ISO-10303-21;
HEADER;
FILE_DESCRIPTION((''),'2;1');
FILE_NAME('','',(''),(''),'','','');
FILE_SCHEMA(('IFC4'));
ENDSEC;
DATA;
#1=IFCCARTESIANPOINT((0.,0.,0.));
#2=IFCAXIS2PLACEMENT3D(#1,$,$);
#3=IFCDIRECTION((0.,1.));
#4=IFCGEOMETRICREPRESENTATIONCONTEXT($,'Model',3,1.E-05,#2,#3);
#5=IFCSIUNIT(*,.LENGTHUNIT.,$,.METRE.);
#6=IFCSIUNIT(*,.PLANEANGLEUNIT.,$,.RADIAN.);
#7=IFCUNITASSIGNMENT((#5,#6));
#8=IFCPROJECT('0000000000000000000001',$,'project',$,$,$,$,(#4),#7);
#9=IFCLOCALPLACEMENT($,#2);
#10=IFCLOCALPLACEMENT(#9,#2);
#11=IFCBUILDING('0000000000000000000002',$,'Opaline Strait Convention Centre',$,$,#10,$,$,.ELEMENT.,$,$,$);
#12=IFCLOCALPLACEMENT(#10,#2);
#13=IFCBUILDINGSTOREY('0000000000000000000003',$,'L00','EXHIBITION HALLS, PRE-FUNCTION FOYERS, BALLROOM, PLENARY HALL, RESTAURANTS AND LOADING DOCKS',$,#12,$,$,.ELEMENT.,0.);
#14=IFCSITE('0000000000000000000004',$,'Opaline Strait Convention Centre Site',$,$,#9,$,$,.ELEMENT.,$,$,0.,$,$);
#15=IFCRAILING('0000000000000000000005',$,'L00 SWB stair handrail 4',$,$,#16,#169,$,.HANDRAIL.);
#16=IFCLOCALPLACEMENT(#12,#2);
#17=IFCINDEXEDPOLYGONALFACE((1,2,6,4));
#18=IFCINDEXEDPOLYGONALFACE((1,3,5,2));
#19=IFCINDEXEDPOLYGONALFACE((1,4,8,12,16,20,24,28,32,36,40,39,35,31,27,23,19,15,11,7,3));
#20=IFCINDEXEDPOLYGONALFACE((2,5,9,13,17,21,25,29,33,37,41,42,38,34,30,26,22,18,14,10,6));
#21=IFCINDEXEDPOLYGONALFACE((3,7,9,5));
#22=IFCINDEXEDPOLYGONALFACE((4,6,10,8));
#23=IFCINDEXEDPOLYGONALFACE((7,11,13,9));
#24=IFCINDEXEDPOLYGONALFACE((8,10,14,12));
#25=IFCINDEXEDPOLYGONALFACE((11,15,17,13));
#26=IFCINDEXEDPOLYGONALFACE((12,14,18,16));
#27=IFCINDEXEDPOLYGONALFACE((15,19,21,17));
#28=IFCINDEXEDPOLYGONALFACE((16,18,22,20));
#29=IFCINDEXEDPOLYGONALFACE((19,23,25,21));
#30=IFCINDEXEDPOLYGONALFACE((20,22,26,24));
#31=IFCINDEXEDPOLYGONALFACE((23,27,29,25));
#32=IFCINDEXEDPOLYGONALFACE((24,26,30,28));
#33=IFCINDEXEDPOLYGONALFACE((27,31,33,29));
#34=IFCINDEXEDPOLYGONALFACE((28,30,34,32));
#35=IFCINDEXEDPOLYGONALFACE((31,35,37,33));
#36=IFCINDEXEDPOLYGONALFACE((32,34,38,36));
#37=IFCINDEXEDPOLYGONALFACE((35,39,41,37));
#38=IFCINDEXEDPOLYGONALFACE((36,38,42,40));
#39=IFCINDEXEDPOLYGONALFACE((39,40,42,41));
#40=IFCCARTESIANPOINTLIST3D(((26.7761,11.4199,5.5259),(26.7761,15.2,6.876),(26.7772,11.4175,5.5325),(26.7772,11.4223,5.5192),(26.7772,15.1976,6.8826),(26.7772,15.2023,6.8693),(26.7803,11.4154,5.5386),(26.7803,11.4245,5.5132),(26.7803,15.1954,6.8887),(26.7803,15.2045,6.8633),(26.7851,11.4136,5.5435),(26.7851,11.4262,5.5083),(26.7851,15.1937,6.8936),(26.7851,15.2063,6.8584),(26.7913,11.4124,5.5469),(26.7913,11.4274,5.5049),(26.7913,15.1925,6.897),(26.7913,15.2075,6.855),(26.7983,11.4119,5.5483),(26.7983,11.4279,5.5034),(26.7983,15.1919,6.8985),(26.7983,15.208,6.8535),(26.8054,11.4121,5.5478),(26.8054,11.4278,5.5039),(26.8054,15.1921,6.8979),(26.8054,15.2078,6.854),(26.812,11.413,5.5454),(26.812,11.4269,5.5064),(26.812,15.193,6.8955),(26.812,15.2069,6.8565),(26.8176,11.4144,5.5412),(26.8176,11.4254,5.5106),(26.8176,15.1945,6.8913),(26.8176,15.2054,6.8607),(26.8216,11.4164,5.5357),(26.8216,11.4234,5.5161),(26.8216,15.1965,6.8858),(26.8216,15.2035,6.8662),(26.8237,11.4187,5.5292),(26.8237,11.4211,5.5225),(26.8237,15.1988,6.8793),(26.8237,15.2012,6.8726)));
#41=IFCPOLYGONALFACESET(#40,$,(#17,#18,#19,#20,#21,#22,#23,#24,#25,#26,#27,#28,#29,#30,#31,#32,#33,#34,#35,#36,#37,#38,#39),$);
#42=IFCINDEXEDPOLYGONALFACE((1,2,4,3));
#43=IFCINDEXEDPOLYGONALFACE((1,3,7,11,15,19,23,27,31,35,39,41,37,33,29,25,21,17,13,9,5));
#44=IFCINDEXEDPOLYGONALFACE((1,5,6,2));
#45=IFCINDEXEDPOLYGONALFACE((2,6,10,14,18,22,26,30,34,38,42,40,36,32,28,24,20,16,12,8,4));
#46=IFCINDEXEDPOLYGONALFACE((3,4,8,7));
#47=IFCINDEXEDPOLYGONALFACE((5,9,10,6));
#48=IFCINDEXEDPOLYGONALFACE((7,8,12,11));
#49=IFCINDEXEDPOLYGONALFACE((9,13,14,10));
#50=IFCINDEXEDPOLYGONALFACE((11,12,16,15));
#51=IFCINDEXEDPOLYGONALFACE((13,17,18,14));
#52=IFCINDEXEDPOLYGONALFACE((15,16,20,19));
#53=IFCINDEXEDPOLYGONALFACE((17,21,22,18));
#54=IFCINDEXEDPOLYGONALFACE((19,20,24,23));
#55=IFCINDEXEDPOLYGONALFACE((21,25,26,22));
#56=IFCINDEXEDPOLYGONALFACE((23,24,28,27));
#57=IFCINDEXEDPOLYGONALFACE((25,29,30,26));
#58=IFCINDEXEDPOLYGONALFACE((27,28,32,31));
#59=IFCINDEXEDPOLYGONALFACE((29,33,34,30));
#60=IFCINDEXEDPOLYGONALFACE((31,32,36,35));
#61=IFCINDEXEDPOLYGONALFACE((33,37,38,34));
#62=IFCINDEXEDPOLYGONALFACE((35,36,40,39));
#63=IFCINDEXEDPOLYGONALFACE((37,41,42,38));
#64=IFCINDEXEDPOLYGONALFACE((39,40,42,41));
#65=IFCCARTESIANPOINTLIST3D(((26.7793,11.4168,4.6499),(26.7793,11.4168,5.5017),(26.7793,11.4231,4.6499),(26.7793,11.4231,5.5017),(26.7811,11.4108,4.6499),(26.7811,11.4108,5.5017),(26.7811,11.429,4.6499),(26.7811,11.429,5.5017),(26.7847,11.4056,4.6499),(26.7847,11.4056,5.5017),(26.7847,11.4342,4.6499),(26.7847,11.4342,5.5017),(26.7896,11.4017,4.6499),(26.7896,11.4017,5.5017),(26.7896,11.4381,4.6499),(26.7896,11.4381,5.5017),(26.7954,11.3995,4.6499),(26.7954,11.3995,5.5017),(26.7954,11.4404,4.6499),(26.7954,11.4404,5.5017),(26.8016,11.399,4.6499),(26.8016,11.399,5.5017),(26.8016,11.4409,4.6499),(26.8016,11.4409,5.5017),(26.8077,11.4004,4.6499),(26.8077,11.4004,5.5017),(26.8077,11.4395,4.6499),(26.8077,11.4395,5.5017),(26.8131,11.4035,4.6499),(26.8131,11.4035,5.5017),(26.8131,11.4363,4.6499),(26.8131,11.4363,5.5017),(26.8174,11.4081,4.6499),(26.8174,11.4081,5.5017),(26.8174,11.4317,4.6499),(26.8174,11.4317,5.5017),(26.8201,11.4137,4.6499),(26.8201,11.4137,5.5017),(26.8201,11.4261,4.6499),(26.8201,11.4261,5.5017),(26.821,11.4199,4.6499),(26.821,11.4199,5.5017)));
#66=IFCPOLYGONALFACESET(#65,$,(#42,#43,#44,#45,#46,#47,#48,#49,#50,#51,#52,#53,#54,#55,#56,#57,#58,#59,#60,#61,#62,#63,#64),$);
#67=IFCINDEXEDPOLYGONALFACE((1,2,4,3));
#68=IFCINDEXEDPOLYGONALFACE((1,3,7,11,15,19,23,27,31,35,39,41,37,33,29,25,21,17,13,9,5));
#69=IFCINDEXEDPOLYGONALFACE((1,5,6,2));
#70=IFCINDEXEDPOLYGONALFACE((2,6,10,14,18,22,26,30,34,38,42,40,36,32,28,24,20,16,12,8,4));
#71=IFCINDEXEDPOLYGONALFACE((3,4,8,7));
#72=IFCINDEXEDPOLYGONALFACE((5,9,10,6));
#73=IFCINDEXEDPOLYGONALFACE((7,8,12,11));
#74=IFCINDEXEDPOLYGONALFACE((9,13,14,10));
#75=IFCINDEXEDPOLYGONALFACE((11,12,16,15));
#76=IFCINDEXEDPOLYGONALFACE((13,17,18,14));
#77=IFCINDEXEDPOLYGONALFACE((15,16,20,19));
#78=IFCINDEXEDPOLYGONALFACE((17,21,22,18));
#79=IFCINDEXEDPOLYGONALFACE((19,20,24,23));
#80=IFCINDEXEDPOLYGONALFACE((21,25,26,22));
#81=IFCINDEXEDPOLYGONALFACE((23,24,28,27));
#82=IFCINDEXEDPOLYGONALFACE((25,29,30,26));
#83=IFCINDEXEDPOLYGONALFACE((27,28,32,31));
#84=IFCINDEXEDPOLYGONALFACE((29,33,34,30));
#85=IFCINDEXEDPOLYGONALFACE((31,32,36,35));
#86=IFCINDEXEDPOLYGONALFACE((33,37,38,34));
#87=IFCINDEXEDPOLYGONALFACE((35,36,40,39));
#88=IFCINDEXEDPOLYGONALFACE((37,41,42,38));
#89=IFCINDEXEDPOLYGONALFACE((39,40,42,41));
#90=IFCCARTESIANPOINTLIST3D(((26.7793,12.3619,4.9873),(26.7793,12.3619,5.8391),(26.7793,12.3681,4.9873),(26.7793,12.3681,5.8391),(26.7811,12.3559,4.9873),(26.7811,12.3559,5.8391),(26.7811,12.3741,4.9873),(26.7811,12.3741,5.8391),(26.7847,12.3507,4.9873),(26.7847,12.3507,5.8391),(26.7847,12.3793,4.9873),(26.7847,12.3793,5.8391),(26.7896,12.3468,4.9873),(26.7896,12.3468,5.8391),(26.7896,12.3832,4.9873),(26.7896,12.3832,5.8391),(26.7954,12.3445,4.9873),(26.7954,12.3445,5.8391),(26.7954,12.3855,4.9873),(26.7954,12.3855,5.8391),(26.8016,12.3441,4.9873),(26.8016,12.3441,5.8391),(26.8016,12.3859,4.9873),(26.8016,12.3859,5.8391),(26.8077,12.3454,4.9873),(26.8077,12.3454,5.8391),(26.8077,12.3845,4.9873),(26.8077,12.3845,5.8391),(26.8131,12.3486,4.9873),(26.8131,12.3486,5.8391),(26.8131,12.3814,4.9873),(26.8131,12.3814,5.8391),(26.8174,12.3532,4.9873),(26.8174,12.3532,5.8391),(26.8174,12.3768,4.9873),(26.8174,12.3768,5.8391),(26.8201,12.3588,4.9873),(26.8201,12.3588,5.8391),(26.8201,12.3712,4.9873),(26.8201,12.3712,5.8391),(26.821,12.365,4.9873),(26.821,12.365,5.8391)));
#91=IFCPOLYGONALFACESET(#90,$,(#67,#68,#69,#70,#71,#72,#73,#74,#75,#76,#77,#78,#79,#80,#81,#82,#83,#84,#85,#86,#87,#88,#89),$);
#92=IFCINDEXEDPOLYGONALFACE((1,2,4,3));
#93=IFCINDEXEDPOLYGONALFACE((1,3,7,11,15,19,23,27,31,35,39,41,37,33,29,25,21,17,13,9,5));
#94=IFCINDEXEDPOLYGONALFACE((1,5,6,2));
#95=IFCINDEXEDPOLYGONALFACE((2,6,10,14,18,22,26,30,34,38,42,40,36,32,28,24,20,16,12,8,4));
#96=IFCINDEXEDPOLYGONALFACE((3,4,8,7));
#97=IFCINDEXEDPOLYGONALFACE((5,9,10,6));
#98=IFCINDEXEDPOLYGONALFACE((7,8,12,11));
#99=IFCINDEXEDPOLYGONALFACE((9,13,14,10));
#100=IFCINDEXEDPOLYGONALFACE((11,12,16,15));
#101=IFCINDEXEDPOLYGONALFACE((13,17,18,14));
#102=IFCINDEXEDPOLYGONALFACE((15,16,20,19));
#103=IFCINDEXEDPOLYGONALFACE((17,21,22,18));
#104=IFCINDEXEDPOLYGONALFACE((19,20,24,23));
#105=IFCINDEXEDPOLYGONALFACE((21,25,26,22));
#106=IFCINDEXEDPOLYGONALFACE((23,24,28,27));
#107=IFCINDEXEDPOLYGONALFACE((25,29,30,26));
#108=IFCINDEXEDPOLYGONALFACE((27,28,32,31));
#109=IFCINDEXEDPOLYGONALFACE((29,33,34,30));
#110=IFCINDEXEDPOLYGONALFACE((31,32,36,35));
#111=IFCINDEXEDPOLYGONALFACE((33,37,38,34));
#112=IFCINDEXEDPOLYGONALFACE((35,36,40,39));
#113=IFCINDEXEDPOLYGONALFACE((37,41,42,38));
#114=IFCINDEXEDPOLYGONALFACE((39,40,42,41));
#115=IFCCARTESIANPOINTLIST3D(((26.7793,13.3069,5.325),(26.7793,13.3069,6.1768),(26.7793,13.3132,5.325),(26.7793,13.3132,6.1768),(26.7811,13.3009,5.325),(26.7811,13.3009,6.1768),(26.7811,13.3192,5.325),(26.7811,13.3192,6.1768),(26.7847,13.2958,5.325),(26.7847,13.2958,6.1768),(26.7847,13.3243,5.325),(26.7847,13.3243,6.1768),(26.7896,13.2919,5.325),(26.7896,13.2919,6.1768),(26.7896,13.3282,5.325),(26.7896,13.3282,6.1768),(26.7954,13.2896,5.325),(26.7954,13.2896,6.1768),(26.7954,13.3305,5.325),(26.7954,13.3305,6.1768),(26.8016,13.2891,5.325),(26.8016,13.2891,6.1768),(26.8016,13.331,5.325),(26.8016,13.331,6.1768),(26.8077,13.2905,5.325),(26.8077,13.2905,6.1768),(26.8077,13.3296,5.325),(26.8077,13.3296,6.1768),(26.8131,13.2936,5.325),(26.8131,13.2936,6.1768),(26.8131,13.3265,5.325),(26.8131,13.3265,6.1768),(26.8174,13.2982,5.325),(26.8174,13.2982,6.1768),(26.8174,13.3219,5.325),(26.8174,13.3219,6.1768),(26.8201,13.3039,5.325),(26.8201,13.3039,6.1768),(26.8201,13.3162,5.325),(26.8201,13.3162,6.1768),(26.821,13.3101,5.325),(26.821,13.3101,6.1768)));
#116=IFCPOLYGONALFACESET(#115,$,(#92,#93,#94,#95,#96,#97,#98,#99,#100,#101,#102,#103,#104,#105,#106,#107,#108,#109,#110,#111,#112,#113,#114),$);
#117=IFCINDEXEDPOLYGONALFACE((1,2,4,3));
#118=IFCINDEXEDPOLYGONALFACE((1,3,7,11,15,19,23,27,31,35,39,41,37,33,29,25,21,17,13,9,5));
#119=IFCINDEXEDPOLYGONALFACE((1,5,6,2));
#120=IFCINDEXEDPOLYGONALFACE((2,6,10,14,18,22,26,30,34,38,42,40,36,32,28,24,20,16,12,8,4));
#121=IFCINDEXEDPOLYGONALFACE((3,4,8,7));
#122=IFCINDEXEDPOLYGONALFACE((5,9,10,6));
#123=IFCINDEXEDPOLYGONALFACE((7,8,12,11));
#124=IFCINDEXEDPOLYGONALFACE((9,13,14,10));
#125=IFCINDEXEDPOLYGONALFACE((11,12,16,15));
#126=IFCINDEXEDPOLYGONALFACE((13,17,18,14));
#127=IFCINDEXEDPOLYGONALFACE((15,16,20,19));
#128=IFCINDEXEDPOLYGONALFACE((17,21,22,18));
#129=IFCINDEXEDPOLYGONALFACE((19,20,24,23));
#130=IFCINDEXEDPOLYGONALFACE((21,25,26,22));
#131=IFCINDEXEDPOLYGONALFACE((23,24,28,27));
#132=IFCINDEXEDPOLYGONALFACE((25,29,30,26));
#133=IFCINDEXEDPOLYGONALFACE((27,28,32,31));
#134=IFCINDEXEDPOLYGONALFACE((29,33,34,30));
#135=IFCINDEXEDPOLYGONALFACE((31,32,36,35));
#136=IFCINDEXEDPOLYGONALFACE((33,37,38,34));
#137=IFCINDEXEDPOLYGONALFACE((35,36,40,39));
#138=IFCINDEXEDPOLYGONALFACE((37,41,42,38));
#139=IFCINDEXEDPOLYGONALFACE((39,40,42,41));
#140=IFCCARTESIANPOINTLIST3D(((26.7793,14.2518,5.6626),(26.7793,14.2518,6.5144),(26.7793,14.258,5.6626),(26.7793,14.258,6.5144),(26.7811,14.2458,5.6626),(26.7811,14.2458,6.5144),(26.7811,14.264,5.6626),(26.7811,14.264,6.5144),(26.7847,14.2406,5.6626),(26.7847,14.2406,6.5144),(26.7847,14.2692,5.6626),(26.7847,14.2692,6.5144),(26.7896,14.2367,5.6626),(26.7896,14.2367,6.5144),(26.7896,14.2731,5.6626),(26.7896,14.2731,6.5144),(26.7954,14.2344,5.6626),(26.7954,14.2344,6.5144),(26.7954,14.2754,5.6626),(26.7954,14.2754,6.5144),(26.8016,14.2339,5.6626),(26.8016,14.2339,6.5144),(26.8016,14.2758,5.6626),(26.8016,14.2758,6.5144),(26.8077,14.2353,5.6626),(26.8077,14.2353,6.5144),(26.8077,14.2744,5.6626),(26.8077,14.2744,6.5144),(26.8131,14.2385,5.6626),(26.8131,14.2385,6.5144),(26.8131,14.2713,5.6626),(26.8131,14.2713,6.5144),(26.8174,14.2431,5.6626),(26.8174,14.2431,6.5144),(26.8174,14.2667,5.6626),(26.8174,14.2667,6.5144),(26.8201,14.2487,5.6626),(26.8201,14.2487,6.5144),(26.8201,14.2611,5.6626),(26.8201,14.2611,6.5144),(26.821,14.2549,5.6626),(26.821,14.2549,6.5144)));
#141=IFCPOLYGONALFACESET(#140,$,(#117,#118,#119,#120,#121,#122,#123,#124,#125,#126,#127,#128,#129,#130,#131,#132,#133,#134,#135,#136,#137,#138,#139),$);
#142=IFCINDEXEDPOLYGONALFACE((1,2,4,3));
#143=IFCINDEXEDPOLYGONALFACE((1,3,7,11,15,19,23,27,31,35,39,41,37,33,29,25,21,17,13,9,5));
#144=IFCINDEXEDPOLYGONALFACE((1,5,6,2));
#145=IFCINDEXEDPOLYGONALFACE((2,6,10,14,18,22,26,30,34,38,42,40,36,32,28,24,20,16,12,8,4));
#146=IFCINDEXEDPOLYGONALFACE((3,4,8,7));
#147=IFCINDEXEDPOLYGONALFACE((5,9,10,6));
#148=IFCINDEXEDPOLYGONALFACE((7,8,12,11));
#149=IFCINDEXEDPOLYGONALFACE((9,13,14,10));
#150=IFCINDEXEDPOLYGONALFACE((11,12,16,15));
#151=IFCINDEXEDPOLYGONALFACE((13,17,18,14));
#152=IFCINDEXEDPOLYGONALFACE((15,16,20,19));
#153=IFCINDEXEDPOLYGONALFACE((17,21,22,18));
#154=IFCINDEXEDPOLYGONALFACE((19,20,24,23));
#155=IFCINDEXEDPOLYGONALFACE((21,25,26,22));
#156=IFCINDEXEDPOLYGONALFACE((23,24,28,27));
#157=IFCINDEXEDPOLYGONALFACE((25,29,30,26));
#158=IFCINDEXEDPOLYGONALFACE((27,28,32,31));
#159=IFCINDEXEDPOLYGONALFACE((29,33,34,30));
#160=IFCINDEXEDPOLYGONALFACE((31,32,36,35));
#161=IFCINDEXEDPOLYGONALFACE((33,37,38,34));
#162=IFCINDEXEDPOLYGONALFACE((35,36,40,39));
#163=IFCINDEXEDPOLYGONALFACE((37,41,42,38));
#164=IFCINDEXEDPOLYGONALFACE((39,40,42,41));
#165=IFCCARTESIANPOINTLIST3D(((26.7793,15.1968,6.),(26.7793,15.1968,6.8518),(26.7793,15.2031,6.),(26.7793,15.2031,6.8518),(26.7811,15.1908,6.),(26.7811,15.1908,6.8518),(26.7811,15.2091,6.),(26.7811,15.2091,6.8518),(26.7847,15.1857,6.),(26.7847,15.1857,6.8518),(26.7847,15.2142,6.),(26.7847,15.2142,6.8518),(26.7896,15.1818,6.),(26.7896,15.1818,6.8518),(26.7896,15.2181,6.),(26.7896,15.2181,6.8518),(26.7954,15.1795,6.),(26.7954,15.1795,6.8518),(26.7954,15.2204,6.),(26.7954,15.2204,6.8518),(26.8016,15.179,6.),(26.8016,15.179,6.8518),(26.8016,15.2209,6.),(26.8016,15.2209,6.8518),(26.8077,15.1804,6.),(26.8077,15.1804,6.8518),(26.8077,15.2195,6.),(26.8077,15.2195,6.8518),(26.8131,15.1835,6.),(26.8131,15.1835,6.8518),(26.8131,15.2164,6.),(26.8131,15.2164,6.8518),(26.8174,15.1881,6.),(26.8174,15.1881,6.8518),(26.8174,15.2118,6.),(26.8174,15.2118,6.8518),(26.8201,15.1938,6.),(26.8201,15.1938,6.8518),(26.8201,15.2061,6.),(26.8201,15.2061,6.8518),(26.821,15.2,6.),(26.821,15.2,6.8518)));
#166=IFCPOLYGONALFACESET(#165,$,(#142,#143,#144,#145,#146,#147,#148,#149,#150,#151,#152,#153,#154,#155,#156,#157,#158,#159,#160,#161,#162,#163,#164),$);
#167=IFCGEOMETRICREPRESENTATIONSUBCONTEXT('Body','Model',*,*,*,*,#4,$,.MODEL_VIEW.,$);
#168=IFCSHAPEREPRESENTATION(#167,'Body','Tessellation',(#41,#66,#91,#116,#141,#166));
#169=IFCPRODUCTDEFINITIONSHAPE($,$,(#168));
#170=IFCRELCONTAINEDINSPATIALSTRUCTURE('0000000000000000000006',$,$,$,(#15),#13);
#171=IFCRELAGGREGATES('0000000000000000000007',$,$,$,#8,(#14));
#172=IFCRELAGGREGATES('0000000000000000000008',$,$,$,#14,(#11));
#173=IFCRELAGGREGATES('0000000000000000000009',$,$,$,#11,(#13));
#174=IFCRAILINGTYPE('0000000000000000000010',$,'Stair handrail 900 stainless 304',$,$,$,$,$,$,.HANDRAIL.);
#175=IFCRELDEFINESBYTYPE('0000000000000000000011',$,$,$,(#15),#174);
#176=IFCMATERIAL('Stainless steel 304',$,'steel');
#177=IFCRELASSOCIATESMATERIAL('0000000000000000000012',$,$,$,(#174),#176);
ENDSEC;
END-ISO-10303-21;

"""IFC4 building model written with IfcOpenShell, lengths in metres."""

from ifc_helpers import new_model, si_unit, direction, frame, origin, origin_2d, place, context, subcontext, project, spatial, circle, extrude, material, type_object, element, save


model = new_model("IFC4")

# Units and contexts
model_context = context("Model", 3, precision=1e-05, world=origin(), true_north=direction((0.0, 1.0)))
body_context = subcontext(model_context, "Body", "Model", "MODEL_VIEW")
ifc_project = project(units=[si_unit("LENGTHUNIT", "METRE"), si_unit("PLANEANGLEUNIT", "RADIAN")], contexts=[model_context])

# Site, building, storey
site_placement = place(None, origin())
site = spatial("IfcSite", under=ifc_project, at=site_placement, Name="Opaline Strait Convention Centre Site", CompositionType="ELEMENT", RefElevation=0.0)
building_placement = place(site_placement, origin())
building = spatial("IfcBuilding", under=site, at=building_placement, Name="Opaline Strait Convention Centre", CompositionType="ELEMENT")
storey_placement = place(building_placement, origin())
storey = spatial("IfcBuildingStorey", under=building, at=storey_placement, Name="L00", Description="EXHIBITION HALLS, PRE-FUNCTION FOYERS, BALLROOM, PLENARY HALL, RESTAURANTS AND LOADING DOCKS", CompositionType="ELEMENT", Elevation=0.0)

# Railing
ifc_material_1 = material(Name="Stainless steel 304", Category="steel")
railing_type_1 = type_object("IfcRailingType", Name="Stair handrail 900 stainless 304", PredefinedType="HANDRAIL", material=ifc_material_1)
for number, where, name in (
    (1, (26.8, 11.4199, 4.6499), "L00 SWB stair handrail 4"),
):
    element("IfcRailing", number, at=place(storey_placement, frame(where)), inside=storey, type_object=railing_type_1, Name=name, PredefinedType="HANDRAIL", context=body_context, shape_type="SweptSolid", body=[
        extrude(circle(Radius=0.0239, at=origin_2d()), frame((0.0, 0.0, 0.876), z_axis=(0.0, 0.941735, 0.336356), x_axis=(-1.0, 0.0, 0.0)), (0.0, 0.0, 1.0), 4.0139),
        extrude(circle(Radius=0.021, at=origin_2d()), origin(), (0.0, 0.0, 1.0), 0.8518),
        extrude(circle(Radius=0.021, at=origin_2d()), frame((0.0, 0.9451, 0.3374)), (0.0, 0.0, 1.0), 0.8518),
        extrude(circle(Radius=0.021, at=origin_2d()), frame((0.0, 1.8901, 0.675)), (0.0, 0.0, 1.0), 0.8518),
        extrude(circle(Radius=0.021, at=origin_2d()), frame((0.0, 2.835, 1.0127)), (0.0, 0.0, 1.0), 0.8518),
        extrude(circle(Radius=0.021, at=origin_2d()), frame((0.0, 3.78, 1.3501)), (0.0, 0.0, 1.0), 0.8518),
    ])

save(model, "model.ifc")
